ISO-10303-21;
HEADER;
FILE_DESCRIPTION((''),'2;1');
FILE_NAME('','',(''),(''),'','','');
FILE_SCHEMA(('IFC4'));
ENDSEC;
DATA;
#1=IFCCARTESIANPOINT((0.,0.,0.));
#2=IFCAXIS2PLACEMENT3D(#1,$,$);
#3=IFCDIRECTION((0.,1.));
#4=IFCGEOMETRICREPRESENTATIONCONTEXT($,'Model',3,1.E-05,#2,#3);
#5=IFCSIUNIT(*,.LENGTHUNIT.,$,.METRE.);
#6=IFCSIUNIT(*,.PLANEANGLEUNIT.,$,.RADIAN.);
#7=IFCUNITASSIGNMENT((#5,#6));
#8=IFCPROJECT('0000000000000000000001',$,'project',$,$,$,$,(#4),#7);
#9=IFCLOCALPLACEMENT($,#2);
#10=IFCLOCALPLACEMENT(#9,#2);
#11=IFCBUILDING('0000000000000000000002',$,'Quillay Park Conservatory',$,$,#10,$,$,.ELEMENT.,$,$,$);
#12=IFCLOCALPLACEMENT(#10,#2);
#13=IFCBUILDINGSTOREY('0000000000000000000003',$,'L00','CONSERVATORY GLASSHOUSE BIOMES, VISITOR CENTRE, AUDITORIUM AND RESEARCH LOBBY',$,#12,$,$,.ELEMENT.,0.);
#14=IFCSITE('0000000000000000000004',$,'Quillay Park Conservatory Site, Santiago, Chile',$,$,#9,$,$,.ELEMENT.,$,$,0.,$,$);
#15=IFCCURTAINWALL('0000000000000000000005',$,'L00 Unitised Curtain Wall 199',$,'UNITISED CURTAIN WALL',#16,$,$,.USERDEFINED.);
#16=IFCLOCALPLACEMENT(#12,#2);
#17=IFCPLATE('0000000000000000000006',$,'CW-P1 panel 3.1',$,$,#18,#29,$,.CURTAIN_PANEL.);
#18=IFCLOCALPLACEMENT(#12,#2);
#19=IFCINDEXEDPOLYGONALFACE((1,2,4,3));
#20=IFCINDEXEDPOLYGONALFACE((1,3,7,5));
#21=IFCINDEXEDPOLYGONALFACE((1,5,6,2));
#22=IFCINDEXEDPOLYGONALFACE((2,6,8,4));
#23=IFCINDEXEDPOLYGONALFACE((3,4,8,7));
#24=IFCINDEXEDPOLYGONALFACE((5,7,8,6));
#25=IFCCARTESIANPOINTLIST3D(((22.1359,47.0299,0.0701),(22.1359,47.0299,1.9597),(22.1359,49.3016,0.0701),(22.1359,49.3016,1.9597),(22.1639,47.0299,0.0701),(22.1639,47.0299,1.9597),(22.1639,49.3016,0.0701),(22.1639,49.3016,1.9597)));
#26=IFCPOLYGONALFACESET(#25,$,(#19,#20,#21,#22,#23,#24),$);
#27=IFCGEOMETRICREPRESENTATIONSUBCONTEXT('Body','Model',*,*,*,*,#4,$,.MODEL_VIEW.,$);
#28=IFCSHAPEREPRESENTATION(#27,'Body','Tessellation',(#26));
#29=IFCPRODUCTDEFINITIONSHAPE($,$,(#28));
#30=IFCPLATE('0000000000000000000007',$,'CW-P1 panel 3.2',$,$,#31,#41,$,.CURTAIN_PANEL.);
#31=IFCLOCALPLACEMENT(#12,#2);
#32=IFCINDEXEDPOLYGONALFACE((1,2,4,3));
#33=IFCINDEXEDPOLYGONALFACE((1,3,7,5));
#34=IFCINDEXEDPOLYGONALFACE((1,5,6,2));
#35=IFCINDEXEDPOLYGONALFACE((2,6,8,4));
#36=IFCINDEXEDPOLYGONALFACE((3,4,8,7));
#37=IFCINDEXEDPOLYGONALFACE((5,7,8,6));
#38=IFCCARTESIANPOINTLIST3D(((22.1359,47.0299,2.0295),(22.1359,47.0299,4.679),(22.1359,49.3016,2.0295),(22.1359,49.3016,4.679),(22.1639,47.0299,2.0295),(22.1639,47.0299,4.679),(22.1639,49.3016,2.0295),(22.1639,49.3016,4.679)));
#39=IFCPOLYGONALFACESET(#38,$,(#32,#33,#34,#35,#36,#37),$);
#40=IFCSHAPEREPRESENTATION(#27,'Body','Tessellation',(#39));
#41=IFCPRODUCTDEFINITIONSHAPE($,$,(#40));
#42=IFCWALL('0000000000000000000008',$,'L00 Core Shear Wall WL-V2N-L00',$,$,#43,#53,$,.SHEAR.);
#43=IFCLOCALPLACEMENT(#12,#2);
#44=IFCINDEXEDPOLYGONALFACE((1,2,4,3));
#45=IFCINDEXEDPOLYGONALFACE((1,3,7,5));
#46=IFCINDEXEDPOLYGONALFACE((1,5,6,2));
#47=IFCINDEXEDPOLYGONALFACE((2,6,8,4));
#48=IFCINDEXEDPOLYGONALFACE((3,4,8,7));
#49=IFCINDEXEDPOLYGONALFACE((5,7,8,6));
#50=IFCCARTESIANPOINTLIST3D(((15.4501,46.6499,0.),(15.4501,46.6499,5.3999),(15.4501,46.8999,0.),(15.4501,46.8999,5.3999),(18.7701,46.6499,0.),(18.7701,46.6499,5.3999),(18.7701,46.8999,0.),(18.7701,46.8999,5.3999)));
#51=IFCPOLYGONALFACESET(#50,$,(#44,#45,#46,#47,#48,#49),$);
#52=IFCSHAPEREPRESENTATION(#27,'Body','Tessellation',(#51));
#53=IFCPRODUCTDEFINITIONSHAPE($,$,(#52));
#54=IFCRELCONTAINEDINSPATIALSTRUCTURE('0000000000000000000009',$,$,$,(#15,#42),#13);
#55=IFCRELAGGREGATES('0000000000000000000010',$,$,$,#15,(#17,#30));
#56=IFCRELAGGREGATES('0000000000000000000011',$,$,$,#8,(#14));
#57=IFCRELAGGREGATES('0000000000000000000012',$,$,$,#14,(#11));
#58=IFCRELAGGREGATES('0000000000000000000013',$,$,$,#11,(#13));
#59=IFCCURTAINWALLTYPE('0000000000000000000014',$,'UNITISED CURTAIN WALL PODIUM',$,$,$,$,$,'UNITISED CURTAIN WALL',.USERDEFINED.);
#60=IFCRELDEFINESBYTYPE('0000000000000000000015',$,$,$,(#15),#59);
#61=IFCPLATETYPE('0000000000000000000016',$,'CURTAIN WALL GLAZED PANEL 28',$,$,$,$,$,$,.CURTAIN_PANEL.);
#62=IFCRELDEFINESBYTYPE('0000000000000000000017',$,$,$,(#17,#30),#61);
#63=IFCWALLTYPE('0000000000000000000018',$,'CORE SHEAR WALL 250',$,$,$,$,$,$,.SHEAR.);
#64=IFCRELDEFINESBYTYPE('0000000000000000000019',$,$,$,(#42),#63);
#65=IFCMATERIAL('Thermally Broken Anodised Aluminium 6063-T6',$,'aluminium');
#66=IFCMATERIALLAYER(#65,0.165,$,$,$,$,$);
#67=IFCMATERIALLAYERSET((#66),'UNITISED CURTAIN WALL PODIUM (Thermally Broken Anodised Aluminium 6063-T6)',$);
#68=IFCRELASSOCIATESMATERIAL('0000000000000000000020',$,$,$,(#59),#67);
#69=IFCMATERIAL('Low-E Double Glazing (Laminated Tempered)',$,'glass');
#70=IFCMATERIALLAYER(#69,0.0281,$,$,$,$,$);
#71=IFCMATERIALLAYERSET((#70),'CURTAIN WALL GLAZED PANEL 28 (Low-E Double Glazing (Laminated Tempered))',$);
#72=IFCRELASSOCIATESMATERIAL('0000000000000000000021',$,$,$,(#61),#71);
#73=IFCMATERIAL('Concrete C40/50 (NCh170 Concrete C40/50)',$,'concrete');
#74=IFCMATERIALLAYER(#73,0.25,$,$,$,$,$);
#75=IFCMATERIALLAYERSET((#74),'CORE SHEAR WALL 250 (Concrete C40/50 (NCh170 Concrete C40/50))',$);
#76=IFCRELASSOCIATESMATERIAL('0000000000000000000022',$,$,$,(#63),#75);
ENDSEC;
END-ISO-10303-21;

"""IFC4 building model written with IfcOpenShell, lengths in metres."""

from ifc_helpers import new_model, si_unit, direction, frame, frame_2d, origin, origin_2d, place, context, subcontext, project, spatial, rectangle, extrude, material, layer, layer_set, type_object, element, aggregate, save


model = new_model("IFC4")

# Units and contexts
model_context = context("Model", 3, precision=1e-05, world=origin(), true_north=direction((0.0, 1.0)))
body_context = subcontext(model_context, "Body", "Model", "MODEL_VIEW")
ifc_project = project(units=[si_unit("LENGTHUNIT", "METRE"), si_unit("PLANEANGLEUNIT", "RADIAN")], contexts=[model_context])

# Site, building, storey
site_placement = place(None, origin())
site = spatial("IfcSite", under=ifc_project, at=site_placement, Name="Quillay Park Conservatory Site, Santiago, Chile", CompositionType="ELEMENT", RefElevation=0.0)
building_placement = place(site_placement, origin())
building = spatial("IfcBuilding", under=site, at=building_placement, Name="Quillay Park Conservatory", CompositionType="ELEMENT")
storey_placement = place(building_placement, origin())
storey = spatial("IfcBuildingStorey", under=building, at=storey_placement, Name="L00", Description="CONSERVATORY GLASSHOUSE BIOMES, VISITOR CENTRE, AUDITORIUM AND RESEARCH LOBBY", CompositionType="ELEMENT", Elevation=0.0)

# Shared definitions
ifc_material_1 = material(Name="Thermally Broken Anodised Aluminium 6063-T6", Category="aluminium")
ifc_layer_1 = layer(ifc_material_1, 0.165)
ifc_layer_set_1 = layer_set([ifc_layer_1], Name="UNITISED CURTAIN WALL PODIUM (Thermally Broken Anodised Aluminium 6063-T6)")
curtain_wall_type = type_object("IfcCurtainWallType", Name="UNITISED CURTAIN WALL PODIUM", ElementType="UNITISED CURTAIN WALL", PredefinedType="USERDEFINED", material=ifc_layer_set_1)

# Curtain wall
curtain_wall_1_placement = place(storey_placement, origin())
curtain_wall_1 = element("IfcCurtainWall", 1, at=curtain_wall_1_placement, inside=storey, type_object=curtain_wall_type, Name="L00 Unitised Curtain Wall 199", ObjectType="UNITISED CURTAIN WALL", PredefinedType="USERDEFINED")

# Plates
ifc_material_2 = material(Name="Low-E Double Glazing (Laminated Tempered)", Category="glass")
ifc_layer_2 = layer(ifc_material_2, 0.0281)
ifc_layer_set_2 = layer_set([ifc_layer_2], Name="CURTAIN WALL GLAZED PANEL 28 (Low-E Double Glazing (Laminated Tempered))")
plate_type = type_object("IfcPlateType", Name="CURTAIN WALL GLAZED PANEL 28", PredefinedType="CURTAIN_PANEL", material=ifc_layer_set_2)
plate_1_placement = place(storey_placement, frame((22.1499, 48.1658, 0.0701), z_axis=(0.0, 0.0, 1.0), x_axis=(0.0, -1.0, 0.0)))
plate_1 = element("IfcPlate", 2, at=plate_1_placement, type_object=plate_type, Name="CW-P1 panel 3.1", PredefinedType="CURTAIN_PANEL", context=body_context, shape_type="SweptSolid", body=[
    extrude(rectangle(XDim=2.2717, YDim=0.0281, at=origin_2d()), origin(), (0.0, 0.0, 1.0), 1.8896),
])
plate_2_placement = place(storey_placement, frame((22.1499, 48.1658, 2.0295), z_axis=(0.0, 0.0, 1.0), x_axis=(0.0, -1.0, 0.0)))
plate_2 = element("IfcPlate", 3, at=plate_2_placement, type_object=plate_type, Name="CW-P1 panel 3.2", PredefinedType="CURTAIN_PANEL", context=body_context, shape_type="SweptSolid", body=[
    extrude(rectangle(XDim=2.2717, YDim=0.0281, at=origin_2d()), origin(), (0.0, 0.0, 1.0), 2.6494),
])
aggregate(curtain_wall_1, [plate_1, plate_2])

# Wall
ifc_material_3 = material(Name="Concrete C40/50 (NCh170 Concrete C40/50)", Category="concrete")
ifc_layer_3 = layer(ifc_material_3, 0.25)
ifc_layer_set_3 = layer_set([ifc_layer_3], Name="CORE SHEAR WALL 250 (Concrete C40/50 (NCh170 Concrete C40/50))")
wall_type = type_object("IfcWallType", Name="CORE SHEAR WALL 250", PredefinedType="SHEAR", material=ifc_layer_set_3)
wall_placement = place(storey_placement, frame((15.45, 46.7749, 0.0), z_axis=(0.0, 0.0, 1.0), x_axis=(1.0, 0.0, 0.0)))
element("IfcWall", 4, at=wall_placement, inside=storey, type_object=wall_type, Name="L00 Core Shear Wall WL-V2N-L00", PredefinedType="SHEAR", context=body_context, shape_type="SweptSolid", body=[
    extrude(rectangle(XDim=3.3201, YDim=0.25, at=frame_2d((1.6602, 0.0))), origin(), (0.0, 0.0, 1.0), 5.3999),
])

save(model, "model.ifc")
